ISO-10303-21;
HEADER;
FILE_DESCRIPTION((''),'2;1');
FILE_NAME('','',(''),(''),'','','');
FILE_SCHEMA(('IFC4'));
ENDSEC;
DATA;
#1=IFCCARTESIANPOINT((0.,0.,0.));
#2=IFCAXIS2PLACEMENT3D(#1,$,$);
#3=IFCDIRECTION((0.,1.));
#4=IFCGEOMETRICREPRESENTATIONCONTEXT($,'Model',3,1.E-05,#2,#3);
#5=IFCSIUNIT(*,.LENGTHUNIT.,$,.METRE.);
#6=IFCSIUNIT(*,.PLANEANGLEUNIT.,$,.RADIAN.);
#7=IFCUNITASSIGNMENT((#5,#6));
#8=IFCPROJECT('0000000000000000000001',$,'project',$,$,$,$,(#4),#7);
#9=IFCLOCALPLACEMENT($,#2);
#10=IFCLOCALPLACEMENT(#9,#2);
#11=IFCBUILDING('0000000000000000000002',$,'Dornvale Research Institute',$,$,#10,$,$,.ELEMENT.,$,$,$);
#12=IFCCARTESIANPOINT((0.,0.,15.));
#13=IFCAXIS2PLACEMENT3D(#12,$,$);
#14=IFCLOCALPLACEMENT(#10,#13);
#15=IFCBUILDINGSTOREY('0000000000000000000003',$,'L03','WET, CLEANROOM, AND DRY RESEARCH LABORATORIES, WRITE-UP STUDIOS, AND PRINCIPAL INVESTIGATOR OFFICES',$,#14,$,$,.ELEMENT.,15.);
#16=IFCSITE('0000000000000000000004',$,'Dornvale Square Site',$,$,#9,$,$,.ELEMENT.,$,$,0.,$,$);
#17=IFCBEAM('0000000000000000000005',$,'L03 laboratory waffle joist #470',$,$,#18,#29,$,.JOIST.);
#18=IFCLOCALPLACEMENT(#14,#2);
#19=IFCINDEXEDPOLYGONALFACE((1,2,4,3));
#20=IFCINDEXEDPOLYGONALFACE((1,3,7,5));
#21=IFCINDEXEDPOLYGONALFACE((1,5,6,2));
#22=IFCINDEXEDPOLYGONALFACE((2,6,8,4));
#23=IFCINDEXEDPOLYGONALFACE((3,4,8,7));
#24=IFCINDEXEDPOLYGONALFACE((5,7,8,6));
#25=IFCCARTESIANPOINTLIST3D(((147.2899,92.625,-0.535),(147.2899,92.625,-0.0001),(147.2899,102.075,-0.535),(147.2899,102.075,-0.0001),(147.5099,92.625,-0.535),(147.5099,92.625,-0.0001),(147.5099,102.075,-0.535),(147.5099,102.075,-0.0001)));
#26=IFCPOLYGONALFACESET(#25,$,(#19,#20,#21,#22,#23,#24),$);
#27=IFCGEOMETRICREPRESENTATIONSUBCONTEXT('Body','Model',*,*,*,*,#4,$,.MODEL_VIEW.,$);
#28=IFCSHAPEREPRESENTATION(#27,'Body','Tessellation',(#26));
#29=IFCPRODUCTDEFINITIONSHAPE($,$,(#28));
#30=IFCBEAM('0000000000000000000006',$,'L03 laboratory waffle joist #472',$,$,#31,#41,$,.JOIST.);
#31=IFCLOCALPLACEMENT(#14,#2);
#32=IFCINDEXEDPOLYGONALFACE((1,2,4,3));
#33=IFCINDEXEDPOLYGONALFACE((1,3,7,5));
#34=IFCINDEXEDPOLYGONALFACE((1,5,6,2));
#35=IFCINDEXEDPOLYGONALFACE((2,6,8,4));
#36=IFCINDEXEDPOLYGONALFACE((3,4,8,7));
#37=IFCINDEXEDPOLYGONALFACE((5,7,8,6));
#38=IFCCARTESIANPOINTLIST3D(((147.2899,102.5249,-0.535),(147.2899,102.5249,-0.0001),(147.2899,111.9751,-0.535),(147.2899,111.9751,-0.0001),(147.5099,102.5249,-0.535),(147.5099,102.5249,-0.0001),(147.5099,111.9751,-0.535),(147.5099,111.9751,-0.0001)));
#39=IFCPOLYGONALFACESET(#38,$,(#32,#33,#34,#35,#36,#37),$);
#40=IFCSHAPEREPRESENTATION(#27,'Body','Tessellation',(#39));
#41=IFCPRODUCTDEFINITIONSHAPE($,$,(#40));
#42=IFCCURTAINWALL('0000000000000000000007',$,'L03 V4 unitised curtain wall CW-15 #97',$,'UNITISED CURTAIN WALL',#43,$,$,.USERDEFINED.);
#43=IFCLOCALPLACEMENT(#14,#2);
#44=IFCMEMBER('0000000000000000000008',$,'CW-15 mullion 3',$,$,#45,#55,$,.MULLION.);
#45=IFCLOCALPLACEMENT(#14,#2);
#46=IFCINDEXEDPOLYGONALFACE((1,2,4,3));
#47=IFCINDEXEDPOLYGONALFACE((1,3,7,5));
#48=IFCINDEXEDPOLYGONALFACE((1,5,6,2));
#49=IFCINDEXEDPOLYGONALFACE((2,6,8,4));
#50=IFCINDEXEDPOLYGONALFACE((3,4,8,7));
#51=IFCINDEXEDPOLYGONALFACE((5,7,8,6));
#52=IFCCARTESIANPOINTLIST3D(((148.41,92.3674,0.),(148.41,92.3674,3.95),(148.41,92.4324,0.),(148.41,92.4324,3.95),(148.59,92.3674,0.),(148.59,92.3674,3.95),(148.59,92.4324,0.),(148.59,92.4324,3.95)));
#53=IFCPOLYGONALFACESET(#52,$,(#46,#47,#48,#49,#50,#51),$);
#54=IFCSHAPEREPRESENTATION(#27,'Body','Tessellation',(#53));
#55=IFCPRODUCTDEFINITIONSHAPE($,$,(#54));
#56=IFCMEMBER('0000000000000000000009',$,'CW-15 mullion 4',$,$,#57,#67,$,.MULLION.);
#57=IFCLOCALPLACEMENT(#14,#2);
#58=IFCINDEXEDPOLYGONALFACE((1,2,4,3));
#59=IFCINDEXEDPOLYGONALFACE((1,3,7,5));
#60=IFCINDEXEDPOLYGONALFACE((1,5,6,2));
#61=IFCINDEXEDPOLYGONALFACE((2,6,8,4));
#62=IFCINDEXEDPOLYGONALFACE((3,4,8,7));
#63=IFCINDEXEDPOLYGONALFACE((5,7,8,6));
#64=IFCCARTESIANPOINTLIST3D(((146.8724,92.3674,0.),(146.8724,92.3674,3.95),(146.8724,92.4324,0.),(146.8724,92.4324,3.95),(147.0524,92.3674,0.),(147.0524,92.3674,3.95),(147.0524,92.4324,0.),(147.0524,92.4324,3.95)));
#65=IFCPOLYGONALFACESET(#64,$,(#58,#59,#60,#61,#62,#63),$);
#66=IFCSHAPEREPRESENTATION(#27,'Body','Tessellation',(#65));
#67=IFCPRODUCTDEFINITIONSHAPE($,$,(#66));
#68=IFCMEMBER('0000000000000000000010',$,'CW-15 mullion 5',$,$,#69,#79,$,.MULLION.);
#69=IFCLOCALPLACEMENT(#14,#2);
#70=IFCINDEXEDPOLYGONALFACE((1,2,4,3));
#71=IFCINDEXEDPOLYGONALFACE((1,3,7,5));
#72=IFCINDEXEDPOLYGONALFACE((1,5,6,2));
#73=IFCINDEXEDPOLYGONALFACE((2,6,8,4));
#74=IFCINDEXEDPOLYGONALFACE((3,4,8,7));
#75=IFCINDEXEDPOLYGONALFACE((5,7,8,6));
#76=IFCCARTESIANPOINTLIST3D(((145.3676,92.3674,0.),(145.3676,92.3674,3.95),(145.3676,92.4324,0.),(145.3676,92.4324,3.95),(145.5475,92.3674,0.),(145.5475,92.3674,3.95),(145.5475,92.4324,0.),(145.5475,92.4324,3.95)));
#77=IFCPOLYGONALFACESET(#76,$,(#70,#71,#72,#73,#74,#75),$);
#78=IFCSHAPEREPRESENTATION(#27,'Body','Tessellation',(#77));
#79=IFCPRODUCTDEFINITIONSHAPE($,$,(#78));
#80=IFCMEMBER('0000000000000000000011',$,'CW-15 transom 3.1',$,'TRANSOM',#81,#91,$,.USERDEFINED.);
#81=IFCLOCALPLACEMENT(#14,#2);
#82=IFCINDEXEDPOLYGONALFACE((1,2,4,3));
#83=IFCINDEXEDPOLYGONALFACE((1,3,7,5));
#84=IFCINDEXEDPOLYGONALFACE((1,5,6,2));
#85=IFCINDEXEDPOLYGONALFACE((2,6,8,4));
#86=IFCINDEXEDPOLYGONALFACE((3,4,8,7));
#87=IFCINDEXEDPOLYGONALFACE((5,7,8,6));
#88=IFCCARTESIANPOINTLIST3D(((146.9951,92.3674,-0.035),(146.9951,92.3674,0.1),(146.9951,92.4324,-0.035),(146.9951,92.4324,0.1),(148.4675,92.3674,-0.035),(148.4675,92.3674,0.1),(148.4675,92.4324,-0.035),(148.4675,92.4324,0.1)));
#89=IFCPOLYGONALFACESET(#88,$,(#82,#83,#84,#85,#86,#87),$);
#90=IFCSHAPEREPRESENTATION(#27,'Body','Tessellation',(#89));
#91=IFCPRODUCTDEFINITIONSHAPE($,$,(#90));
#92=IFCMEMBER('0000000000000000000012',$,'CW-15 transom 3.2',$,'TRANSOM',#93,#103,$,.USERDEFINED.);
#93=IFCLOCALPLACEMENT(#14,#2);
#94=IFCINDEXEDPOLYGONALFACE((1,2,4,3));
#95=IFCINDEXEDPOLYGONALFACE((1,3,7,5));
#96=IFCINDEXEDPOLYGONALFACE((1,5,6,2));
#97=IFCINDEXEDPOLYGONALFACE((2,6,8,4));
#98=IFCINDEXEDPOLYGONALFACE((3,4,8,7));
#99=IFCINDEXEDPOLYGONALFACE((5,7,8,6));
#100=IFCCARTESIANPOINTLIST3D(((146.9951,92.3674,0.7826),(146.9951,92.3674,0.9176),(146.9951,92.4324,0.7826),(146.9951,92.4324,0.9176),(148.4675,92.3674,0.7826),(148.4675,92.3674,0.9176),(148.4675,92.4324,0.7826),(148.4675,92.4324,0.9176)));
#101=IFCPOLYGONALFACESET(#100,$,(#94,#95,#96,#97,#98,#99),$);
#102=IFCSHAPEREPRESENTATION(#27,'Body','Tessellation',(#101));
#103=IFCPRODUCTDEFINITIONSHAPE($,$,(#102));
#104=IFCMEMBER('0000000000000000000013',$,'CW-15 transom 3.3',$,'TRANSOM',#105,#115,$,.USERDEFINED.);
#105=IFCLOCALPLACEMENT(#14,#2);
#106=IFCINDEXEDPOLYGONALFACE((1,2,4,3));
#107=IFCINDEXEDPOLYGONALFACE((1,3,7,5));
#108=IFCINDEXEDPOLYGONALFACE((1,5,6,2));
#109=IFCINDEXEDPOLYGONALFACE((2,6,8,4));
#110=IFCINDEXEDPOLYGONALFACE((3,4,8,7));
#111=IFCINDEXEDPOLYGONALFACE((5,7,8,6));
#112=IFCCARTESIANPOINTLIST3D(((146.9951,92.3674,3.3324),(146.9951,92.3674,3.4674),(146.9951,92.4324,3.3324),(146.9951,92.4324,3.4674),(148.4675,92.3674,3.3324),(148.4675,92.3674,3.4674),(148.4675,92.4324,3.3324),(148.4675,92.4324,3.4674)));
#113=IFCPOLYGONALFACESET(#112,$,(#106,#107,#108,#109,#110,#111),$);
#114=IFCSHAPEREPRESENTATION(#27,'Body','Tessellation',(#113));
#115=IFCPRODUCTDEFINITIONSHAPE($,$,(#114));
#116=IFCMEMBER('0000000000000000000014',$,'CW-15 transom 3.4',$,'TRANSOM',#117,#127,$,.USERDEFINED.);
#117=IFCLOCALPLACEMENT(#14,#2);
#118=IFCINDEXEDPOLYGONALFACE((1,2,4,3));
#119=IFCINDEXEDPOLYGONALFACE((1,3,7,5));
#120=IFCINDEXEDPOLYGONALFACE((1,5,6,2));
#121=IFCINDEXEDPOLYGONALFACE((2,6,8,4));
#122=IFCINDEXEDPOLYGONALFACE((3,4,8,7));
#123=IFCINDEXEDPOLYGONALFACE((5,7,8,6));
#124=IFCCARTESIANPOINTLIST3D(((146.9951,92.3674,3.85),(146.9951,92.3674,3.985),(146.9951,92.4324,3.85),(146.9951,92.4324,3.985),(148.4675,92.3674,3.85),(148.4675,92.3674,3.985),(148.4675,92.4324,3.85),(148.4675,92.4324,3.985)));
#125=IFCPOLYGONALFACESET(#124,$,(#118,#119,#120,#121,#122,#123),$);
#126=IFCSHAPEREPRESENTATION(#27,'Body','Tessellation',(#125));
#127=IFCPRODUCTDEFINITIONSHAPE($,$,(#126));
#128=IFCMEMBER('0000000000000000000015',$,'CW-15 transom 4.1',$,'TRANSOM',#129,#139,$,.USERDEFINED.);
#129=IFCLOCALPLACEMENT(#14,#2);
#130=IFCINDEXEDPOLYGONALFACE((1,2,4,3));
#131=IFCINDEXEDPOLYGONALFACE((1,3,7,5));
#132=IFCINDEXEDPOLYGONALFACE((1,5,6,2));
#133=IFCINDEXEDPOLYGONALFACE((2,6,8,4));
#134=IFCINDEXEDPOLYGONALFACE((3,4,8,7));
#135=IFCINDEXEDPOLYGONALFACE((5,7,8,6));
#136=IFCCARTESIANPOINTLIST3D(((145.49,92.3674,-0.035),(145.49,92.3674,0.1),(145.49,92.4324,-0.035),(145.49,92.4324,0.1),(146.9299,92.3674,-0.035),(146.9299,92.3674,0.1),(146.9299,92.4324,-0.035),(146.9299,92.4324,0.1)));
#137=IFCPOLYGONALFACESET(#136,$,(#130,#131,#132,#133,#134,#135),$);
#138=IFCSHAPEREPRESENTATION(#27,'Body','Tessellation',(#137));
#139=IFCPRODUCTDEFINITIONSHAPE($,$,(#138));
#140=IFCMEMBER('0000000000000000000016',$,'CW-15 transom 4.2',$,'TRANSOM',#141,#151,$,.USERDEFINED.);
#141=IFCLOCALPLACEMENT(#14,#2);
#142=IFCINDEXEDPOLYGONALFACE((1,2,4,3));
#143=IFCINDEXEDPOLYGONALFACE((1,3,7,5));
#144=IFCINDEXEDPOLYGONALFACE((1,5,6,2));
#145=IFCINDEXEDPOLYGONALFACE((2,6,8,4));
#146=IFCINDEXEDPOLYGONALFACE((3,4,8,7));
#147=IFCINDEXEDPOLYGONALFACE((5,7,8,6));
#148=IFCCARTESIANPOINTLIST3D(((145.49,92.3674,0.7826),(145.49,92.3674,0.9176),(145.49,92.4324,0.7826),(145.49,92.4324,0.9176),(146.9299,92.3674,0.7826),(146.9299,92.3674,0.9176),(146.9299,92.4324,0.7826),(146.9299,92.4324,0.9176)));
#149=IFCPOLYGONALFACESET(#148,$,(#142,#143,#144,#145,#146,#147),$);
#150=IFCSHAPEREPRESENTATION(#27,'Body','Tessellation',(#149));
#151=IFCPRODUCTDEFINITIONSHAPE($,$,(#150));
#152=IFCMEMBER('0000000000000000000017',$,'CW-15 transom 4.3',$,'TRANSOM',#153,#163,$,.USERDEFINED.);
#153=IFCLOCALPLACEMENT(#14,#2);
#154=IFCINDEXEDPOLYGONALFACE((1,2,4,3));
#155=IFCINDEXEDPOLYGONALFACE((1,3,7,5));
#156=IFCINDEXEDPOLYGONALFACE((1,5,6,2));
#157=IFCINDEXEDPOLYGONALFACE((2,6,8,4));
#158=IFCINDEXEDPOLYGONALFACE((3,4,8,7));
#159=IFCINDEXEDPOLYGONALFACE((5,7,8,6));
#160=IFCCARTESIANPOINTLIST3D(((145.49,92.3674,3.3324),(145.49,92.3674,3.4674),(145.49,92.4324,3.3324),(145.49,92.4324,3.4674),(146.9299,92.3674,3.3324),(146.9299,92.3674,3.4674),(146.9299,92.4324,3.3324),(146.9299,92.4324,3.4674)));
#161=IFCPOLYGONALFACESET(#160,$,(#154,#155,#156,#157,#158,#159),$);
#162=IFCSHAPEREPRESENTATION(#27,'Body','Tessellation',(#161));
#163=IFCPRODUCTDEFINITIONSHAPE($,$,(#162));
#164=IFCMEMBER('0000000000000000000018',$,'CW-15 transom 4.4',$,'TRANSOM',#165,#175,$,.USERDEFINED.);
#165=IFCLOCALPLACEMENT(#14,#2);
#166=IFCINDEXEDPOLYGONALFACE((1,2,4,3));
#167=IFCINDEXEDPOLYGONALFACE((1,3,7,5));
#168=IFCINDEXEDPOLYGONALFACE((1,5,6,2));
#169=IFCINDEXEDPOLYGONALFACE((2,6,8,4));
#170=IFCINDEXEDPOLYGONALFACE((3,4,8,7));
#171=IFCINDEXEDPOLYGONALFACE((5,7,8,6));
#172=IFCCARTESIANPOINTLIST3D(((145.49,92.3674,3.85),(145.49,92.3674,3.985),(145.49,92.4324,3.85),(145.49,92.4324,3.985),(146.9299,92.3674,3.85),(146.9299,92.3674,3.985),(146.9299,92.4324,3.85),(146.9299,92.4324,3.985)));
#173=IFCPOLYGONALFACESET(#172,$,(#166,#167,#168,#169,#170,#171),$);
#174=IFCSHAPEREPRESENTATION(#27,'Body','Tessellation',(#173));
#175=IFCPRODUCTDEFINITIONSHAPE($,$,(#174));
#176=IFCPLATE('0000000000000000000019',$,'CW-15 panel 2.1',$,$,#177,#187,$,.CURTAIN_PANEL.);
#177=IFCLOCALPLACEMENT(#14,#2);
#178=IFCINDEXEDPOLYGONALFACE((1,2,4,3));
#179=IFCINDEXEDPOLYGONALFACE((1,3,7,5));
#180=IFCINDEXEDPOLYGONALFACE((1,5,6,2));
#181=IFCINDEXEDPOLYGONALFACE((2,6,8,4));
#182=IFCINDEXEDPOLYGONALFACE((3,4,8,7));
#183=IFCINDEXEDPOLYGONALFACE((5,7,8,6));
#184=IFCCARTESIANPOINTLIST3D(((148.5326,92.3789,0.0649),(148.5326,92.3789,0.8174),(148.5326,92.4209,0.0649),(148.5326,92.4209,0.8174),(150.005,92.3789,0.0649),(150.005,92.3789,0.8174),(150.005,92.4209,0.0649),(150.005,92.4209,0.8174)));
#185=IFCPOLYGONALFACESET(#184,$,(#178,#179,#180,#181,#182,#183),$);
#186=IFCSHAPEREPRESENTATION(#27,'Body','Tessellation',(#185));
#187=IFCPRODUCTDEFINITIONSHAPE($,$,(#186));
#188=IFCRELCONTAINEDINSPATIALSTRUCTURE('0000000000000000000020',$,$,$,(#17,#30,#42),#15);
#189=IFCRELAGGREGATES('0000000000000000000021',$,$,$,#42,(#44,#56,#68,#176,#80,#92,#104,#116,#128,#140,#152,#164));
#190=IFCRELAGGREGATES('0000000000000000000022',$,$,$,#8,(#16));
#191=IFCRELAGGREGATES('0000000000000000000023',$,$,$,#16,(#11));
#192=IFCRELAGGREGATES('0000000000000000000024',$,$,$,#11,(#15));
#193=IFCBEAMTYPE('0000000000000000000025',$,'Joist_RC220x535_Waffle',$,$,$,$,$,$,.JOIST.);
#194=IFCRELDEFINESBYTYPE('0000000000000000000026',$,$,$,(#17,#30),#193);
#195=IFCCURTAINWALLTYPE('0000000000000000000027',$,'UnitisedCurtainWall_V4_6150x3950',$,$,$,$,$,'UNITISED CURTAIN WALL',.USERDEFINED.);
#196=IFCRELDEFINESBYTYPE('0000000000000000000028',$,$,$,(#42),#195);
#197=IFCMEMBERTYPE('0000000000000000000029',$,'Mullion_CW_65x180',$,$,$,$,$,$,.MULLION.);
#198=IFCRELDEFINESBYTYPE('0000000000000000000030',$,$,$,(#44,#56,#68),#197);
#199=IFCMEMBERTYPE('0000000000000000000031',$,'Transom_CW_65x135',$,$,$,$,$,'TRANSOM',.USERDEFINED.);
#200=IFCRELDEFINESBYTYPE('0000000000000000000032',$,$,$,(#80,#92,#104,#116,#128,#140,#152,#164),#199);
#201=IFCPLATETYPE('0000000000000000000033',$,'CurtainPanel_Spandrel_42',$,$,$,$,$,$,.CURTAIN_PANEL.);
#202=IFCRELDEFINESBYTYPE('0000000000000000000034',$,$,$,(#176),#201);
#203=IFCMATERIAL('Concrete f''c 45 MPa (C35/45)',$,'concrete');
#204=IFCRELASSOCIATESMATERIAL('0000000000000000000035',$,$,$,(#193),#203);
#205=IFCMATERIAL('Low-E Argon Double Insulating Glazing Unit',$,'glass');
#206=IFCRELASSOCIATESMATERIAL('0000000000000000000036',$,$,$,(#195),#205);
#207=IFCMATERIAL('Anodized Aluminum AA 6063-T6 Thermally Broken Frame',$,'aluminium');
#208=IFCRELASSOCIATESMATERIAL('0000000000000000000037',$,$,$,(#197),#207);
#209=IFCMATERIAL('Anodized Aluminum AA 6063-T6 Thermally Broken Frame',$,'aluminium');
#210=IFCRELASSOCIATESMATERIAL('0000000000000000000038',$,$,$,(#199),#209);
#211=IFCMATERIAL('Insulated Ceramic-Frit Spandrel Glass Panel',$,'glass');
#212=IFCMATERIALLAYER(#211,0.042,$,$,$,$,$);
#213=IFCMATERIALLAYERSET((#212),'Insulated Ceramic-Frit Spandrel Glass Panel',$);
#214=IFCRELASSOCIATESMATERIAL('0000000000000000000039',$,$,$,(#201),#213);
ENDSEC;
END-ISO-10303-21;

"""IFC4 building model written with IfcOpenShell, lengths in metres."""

from ifc_helpers import new_model, si_unit, direction, frame, origin, origin_2d, place, context, subcontext, project, spatial, rectangle, extrude, material, layer, layer_set, material_profile, profile_set, type_object, element, aggregate, save


model = new_model("IFC4")

# Units and contexts
model_context = context("Model", 3, precision=1e-05, world=origin(), true_north=direction((0.0, 1.0)))
body_context = subcontext(model_context, "Body", "Model", "MODEL_VIEW")
ifc_project = project(units=[si_unit("LENGTHUNIT", "METRE"), si_unit("PLANEANGLEUNIT", "RADIAN")], contexts=[model_context])

# Site, building, storey
site_placement = place(None, origin())
site = spatial("IfcSite", under=ifc_project, at=site_placement, Name="Dornvale Square Site", CompositionType="ELEMENT", RefElevation=0.0)
building_placement = place(site_placement, origin())
building = spatial("IfcBuilding", under=site, at=building_placement, Name="Dornvale Research Institute", CompositionType="ELEMENT")
storey_placement = place(building_placement, frame((0.0, 0.0, 15.0)))
storey = spatial("IfcBuildingStorey", under=building, at=storey_placement, Name="L03", Description="WET, CLEANROOM, AND DRY RESEARCH LABORATORIES, WRITE-UP STUDIOS, AND PRINCIPAL INVESTIGATOR OFFICES", CompositionType="ELEMENT", Elevation=15.0)

# Beams
ifc_material_1 = material(Name="Concrete f'c 45 MPa (C35/45)", Category="concrete")
ifc_material_profile_1 = material_profile(ifc_material_1, rectangle(XDim=0.22, YDim=0.5349, at=origin_2d()), Name="RC 220x535")
ifc_profile_set_1 = profile_set([ifc_material_profile_1], Name="Concrete f'c 45 MPa (C35/45)")
beam_type = type_object("IfcBeamType", Name="Joist_RC220x535_Waffle", PredefinedType="JOIST", material=ifc_profile_set_1)
beam_1_placement = place(storey_placement, frame((147.3999, 92.625, -0.2676), z_axis=(0.0, 1.0, 0.0), x_axis=(-1.0, 0.0, 0.0)))
element("IfcBeam", 1, at=beam_1_placement, inside=storey, type_object=beam_type, Name="L03 laboratory waffle joist #470", PredefinedType="JOIST", context=body_context, shape_type="SweptSolid", body=[
    extrude(rectangle(XDim=0.22, YDim=0.5349, at=origin_2d()), origin(), (0.0, 0.0, 1.0), 9.45),
])
beam_2_placement = place(storey_placement, frame((147.3999, 102.5249, -0.2676), z_axis=(0.0, 1.0, 0.0), x_axis=(-1.0, 0.0, 0.0)))
element("IfcBeam", 2, at=beam_2_placement, inside=storey, type_object=beam_type, Name="L03 laboratory waffle joist #472", PredefinedType="JOIST", context=body_context, shape_type="SweptSolid", body=[
    extrude(rectangle(XDim=0.22, YDim=0.5349, at=origin_2d()), origin(), (0.0, 0.0, 1.0), 9.4502),
])

# Curtain wall, members, plate
ifc_material_2 = material(Name="Low-E Argon Double Insulating Glazing Unit", Category="glass")
curtain_wall_type = type_object("IfcCurtainWallType", Name="UnitisedCurtainWall_V4_6150x3950", ElementType="UNITISED CURTAIN WALL", PredefinedType="USERDEFINED", material=ifc_material_2)
curtain_wall_placement = place(storey_placement, origin())
curtain_wall = element("IfcCurtainWall", 3, at=curtain_wall_placement, inside=storey, type_object=curtain_wall_type, Name="L03 V4 unitised curtain wall CW-15 #97", ObjectType="UNITISED CURTAIN WALL", PredefinedType="USERDEFINED")
ifc_material_3 = material(Name="Anodized Aluminum AA 6063-T6 Thermally Broken Frame", Category="aluminium")
ifc_material_profile_2 = material_profile(ifc_material_3, rectangle(XDim=0.0649, YDim=0.1799, at=origin_2d()), Name="ALU MULLION 65x180")
ifc_profile_set_2 = profile_set([ifc_material_profile_2], Name="Anodized Aluminum AA 6063-T6 Thermally Broken Frame")
member_type_1 = type_object("IfcMemberType", Name="Mullion_CW_65x180", PredefinedType="MULLION", material=ifc_profile_set_2)
member_1_placement = place(storey_placement, frame((148.5, 92.3999, 0.0), z_axis=(0.0, 0.0, 1.0), x_axis=(0.0, -1.0, 0.0)))
member_1 = element("IfcMember", 4, at=member_1_placement, type_object=member_type_1, Name="CW-15 mullion 3", PredefinedType="MULLION", context=body_context, shape_type="SweptSolid", body=[
    extrude(rectangle(XDim=0.0649, YDim=0.1799, at=origin_2d()), origin(), (0.0, 0.0, 1.0), 3.95),
])
member_2_placement = place(storey_placement, frame((146.9624, 92.3999, 0.0), z_axis=(0.0, 0.0, 1.0), x_axis=(0.0, -1.0, 0.0)))
member_2 = element("IfcMember", 5, at=member_2_placement, type_object=member_type_1, Name="CW-15 mullion 4", PredefinedType="MULLION", context=body_context, shape_type="SweptSolid", body=[
    extrude(rectangle(XDim=0.0649, YDim=0.1799, at=origin_2d()), origin(), (0.0, 0.0, 1.0), 3.95),
])
member_3_placement = place(storey_placement, frame((145.4575, 92.3999, 0.0), z_axis=(0.0, 0.0, 1.0), x_axis=(0.0, -1.0, 0.0)))
member_3 = element("IfcMember", 6, at=member_3_placement, type_object=member_type_1, Name="CW-15 mullion 5", PredefinedType="MULLION", context=body_context, shape_type="SweptSolid", body=[
    extrude(rectangle(XDim=0.0649, YDim=0.1799, at=origin_2d()), origin(), (0.0, 0.0, 1.0), 3.95),
])
ifc_material_4 = material(Name="Anodized Aluminum AA 6063-T6 Thermally Broken Frame", Category="aluminium")
ifc_material_profile_3 = material_profile(ifc_material_4, rectangle(XDim=0.0649, YDim=0.135, at=origin_2d()), Name="ALU TRANSOM 65x135")
ifc_profile_set_3 = profile_set([ifc_material_profile_3], Name="Anodized Aluminum AA 6063-T6 Thermally Broken Frame")
member_type_2 = type_object("IfcMemberType", Name="Transom_CW_65x135", ElementType="TRANSOM", PredefinedType="USERDEFINED", material=ifc_profile_set_3)
member_4_placement = place(storey_placement, frame((148.4675, 92.3999, 0.0325), z_axis=(-1.0, 0.0, 0.0), x_axis=(0.0, -1.0, 0.0)))
member_4 = element("IfcMember", 7, at=member_4_placement, type_object=member_type_2, Name="CW-15 transom 3.1", ObjectType="TRANSOM", PredefinedType="USERDEFINED", context=body_context, shape_type="SweptSolid", body=[
    extrude(rectangle(XDim=0.0649, YDim=0.135, at=origin_2d()), origin(), (0.0, 0.0, 1.0), 1.4724),
])
member_5_placement = place(storey_placement, frame((148.4675, 92.3999, 0.8501), z_axis=(-1.0, 0.0, 0.0), x_axis=(0.0, -1.0, 0.0)))
member_5 = element("IfcMember", 8, at=member_5_placement, type_object=member_type_2, Name="CW-15 transom 3.2", ObjectType="TRANSOM", PredefinedType="USERDEFINED", context=body_context, shape_type="SweptSolid", body=[
    extrude(rectangle(XDim=0.0649, YDim=0.135, at=origin_2d()), origin(), (0.0, 0.0, 1.0), 1.4724),
])
member_6_placement = place(storey_placement, frame((148.4675, 92.3999, 3.3999), z_axis=(-1.0, 0.0, 0.0), x_axis=(0.0, -1.0, 0.0)))
member_6 = element("IfcMember", 9, at=member_6_placement, type_object=member_type_2, Name="CW-15 transom 3.3", ObjectType="TRANSOM", PredefinedType="USERDEFINED", context=body_context, shape_type="SweptSolid", body=[
    extrude(rectangle(XDim=0.0649, YDim=0.135, at=origin_2d()), origin(), (0.0, 0.0, 1.0), 1.4724),
])
member_7_placement = place(storey_placement, frame((148.4675, 92.3999, 3.9175), z_axis=(-1.0, 0.0, 0.0), x_axis=(0.0, -1.0, 0.0)))
member_7 = element("IfcMember", 10, at=member_7_placement, type_object=member_type_2, Name="CW-15 transom 3.4", ObjectType="TRANSOM", PredefinedType="USERDEFINED", context=body_context, shape_type="SweptSolid", body=[
    extrude(rectangle(XDim=0.0649, YDim=0.135, at=origin_2d()), origin(), (0.0, 0.0, 1.0), 1.4724),
])
member_8_placement = place(storey_placement, frame((146.9299, 92.3999, 0.0325), z_axis=(-1.0, 0.0, 0.0), x_axis=(0.0, -1.0, 0.0)))
member_8 = element("IfcMember", 11, at=member_8_placement, type_object=member_type_2, Name="CW-15 transom 4.1", ObjectType="TRANSOM", PredefinedType="USERDEFINED", context=body_context, shape_type="SweptSolid", body=[
    extrude(rectangle(XDim=0.0649, YDim=0.135, at=origin_2d()), origin(), (0.0, 0.0, 1.0), 1.4399),
])
member_9_placement = place(storey_placement, frame((146.9299, 92.3999, 0.8501), z_axis=(-1.0, 0.0, 0.0), x_axis=(0.0, -1.0, 0.0)))
member_9 = element("IfcMember", 12, at=member_9_placement, type_object=member_type_2, Name="CW-15 transom 4.2", ObjectType="TRANSOM", PredefinedType="USERDEFINED", context=body_context, shape_type="SweptSolid", body=[
    extrude(rectangle(XDim=0.0649, YDim=0.135, at=origin_2d()), origin(), (0.0, 0.0, 1.0), 1.4399),
])
member_10_placement = place(storey_placement, frame((146.9299, 92.3999, 3.3999), z_axis=(-1.0, 0.0, 0.0), x_axis=(0.0, -1.0, 0.0)))
member_10 = element("IfcMember", 13, at=member_10_placement, type_object=member_type_2, Name="CW-15 transom 4.3", ObjectType="TRANSOM", PredefinedType="USERDEFINED", context=body_context, shape_type="SweptSolid", body=[
    extrude(rectangle(XDim=0.0649, YDim=0.135, at=origin_2d()), origin(), (0.0, 0.0, 1.0), 1.4399),
])
member_11_placement = place(storey_placement, frame((146.9299, 92.3999, 3.9175), z_axis=(-1.0, 0.0, 0.0), x_axis=(0.0, -1.0, 0.0)))
member_11 = element("IfcMember", 14, at=member_11_placement, type_object=member_type_2, Name="CW-15 transom 4.4", ObjectType="TRANSOM", PredefinedType="USERDEFINED", context=body_context, shape_type="SweptSolid", body=[
    extrude(rectangle(XDim=0.0649, YDim=0.135, at=origin_2d()), origin(), (0.0, 0.0, 1.0), 1.4399),
])
ifc_material_5 = material(Name="Insulated Ceramic-Frit Spandrel Glass Panel", Category="glass")
ifc_layer_1 = layer(ifc_material_5, 0.042)
ifc_layer_set_1 = layer_set([ifc_layer_1], Name="Insulated Ceramic-Frit Spandrel Glass Panel")
plate_type_1 = type_object("IfcPlateType", Name="CurtainPanel_Spandrel_42", PredefinedType="CURTAIN_PANEL", material=ifc_layer_set_1)
plate_1_placement = place(storey_placement, frame((149.2688, 92.3999, 0.0649), z_axis=(0.0, 0.0, 1.0), x_axis=(-1.0, 0.0, 0.0)))
plate_1 = element("IfcPlate", 15, at=plate_1_placement, type_object=plate_type_1, Name="CW-15 panel 2.1", PredefinedType="CURTAIN_PANEL", context=body_context, shape_type="SweptSolid", body=[
    extrude(rectangle(XDim=1.4724, YDim=0.042, at=origin_2d()), origin(), (0.0, 0.0, 1.0), 0.7524),
])
aggregate(curtain_wall, [member_1, member_2, member_3, plate_1, member_4, member_5, member_6, member_7, member_8, member_9, member_10, member_11])

save(model, "model.ifc")
